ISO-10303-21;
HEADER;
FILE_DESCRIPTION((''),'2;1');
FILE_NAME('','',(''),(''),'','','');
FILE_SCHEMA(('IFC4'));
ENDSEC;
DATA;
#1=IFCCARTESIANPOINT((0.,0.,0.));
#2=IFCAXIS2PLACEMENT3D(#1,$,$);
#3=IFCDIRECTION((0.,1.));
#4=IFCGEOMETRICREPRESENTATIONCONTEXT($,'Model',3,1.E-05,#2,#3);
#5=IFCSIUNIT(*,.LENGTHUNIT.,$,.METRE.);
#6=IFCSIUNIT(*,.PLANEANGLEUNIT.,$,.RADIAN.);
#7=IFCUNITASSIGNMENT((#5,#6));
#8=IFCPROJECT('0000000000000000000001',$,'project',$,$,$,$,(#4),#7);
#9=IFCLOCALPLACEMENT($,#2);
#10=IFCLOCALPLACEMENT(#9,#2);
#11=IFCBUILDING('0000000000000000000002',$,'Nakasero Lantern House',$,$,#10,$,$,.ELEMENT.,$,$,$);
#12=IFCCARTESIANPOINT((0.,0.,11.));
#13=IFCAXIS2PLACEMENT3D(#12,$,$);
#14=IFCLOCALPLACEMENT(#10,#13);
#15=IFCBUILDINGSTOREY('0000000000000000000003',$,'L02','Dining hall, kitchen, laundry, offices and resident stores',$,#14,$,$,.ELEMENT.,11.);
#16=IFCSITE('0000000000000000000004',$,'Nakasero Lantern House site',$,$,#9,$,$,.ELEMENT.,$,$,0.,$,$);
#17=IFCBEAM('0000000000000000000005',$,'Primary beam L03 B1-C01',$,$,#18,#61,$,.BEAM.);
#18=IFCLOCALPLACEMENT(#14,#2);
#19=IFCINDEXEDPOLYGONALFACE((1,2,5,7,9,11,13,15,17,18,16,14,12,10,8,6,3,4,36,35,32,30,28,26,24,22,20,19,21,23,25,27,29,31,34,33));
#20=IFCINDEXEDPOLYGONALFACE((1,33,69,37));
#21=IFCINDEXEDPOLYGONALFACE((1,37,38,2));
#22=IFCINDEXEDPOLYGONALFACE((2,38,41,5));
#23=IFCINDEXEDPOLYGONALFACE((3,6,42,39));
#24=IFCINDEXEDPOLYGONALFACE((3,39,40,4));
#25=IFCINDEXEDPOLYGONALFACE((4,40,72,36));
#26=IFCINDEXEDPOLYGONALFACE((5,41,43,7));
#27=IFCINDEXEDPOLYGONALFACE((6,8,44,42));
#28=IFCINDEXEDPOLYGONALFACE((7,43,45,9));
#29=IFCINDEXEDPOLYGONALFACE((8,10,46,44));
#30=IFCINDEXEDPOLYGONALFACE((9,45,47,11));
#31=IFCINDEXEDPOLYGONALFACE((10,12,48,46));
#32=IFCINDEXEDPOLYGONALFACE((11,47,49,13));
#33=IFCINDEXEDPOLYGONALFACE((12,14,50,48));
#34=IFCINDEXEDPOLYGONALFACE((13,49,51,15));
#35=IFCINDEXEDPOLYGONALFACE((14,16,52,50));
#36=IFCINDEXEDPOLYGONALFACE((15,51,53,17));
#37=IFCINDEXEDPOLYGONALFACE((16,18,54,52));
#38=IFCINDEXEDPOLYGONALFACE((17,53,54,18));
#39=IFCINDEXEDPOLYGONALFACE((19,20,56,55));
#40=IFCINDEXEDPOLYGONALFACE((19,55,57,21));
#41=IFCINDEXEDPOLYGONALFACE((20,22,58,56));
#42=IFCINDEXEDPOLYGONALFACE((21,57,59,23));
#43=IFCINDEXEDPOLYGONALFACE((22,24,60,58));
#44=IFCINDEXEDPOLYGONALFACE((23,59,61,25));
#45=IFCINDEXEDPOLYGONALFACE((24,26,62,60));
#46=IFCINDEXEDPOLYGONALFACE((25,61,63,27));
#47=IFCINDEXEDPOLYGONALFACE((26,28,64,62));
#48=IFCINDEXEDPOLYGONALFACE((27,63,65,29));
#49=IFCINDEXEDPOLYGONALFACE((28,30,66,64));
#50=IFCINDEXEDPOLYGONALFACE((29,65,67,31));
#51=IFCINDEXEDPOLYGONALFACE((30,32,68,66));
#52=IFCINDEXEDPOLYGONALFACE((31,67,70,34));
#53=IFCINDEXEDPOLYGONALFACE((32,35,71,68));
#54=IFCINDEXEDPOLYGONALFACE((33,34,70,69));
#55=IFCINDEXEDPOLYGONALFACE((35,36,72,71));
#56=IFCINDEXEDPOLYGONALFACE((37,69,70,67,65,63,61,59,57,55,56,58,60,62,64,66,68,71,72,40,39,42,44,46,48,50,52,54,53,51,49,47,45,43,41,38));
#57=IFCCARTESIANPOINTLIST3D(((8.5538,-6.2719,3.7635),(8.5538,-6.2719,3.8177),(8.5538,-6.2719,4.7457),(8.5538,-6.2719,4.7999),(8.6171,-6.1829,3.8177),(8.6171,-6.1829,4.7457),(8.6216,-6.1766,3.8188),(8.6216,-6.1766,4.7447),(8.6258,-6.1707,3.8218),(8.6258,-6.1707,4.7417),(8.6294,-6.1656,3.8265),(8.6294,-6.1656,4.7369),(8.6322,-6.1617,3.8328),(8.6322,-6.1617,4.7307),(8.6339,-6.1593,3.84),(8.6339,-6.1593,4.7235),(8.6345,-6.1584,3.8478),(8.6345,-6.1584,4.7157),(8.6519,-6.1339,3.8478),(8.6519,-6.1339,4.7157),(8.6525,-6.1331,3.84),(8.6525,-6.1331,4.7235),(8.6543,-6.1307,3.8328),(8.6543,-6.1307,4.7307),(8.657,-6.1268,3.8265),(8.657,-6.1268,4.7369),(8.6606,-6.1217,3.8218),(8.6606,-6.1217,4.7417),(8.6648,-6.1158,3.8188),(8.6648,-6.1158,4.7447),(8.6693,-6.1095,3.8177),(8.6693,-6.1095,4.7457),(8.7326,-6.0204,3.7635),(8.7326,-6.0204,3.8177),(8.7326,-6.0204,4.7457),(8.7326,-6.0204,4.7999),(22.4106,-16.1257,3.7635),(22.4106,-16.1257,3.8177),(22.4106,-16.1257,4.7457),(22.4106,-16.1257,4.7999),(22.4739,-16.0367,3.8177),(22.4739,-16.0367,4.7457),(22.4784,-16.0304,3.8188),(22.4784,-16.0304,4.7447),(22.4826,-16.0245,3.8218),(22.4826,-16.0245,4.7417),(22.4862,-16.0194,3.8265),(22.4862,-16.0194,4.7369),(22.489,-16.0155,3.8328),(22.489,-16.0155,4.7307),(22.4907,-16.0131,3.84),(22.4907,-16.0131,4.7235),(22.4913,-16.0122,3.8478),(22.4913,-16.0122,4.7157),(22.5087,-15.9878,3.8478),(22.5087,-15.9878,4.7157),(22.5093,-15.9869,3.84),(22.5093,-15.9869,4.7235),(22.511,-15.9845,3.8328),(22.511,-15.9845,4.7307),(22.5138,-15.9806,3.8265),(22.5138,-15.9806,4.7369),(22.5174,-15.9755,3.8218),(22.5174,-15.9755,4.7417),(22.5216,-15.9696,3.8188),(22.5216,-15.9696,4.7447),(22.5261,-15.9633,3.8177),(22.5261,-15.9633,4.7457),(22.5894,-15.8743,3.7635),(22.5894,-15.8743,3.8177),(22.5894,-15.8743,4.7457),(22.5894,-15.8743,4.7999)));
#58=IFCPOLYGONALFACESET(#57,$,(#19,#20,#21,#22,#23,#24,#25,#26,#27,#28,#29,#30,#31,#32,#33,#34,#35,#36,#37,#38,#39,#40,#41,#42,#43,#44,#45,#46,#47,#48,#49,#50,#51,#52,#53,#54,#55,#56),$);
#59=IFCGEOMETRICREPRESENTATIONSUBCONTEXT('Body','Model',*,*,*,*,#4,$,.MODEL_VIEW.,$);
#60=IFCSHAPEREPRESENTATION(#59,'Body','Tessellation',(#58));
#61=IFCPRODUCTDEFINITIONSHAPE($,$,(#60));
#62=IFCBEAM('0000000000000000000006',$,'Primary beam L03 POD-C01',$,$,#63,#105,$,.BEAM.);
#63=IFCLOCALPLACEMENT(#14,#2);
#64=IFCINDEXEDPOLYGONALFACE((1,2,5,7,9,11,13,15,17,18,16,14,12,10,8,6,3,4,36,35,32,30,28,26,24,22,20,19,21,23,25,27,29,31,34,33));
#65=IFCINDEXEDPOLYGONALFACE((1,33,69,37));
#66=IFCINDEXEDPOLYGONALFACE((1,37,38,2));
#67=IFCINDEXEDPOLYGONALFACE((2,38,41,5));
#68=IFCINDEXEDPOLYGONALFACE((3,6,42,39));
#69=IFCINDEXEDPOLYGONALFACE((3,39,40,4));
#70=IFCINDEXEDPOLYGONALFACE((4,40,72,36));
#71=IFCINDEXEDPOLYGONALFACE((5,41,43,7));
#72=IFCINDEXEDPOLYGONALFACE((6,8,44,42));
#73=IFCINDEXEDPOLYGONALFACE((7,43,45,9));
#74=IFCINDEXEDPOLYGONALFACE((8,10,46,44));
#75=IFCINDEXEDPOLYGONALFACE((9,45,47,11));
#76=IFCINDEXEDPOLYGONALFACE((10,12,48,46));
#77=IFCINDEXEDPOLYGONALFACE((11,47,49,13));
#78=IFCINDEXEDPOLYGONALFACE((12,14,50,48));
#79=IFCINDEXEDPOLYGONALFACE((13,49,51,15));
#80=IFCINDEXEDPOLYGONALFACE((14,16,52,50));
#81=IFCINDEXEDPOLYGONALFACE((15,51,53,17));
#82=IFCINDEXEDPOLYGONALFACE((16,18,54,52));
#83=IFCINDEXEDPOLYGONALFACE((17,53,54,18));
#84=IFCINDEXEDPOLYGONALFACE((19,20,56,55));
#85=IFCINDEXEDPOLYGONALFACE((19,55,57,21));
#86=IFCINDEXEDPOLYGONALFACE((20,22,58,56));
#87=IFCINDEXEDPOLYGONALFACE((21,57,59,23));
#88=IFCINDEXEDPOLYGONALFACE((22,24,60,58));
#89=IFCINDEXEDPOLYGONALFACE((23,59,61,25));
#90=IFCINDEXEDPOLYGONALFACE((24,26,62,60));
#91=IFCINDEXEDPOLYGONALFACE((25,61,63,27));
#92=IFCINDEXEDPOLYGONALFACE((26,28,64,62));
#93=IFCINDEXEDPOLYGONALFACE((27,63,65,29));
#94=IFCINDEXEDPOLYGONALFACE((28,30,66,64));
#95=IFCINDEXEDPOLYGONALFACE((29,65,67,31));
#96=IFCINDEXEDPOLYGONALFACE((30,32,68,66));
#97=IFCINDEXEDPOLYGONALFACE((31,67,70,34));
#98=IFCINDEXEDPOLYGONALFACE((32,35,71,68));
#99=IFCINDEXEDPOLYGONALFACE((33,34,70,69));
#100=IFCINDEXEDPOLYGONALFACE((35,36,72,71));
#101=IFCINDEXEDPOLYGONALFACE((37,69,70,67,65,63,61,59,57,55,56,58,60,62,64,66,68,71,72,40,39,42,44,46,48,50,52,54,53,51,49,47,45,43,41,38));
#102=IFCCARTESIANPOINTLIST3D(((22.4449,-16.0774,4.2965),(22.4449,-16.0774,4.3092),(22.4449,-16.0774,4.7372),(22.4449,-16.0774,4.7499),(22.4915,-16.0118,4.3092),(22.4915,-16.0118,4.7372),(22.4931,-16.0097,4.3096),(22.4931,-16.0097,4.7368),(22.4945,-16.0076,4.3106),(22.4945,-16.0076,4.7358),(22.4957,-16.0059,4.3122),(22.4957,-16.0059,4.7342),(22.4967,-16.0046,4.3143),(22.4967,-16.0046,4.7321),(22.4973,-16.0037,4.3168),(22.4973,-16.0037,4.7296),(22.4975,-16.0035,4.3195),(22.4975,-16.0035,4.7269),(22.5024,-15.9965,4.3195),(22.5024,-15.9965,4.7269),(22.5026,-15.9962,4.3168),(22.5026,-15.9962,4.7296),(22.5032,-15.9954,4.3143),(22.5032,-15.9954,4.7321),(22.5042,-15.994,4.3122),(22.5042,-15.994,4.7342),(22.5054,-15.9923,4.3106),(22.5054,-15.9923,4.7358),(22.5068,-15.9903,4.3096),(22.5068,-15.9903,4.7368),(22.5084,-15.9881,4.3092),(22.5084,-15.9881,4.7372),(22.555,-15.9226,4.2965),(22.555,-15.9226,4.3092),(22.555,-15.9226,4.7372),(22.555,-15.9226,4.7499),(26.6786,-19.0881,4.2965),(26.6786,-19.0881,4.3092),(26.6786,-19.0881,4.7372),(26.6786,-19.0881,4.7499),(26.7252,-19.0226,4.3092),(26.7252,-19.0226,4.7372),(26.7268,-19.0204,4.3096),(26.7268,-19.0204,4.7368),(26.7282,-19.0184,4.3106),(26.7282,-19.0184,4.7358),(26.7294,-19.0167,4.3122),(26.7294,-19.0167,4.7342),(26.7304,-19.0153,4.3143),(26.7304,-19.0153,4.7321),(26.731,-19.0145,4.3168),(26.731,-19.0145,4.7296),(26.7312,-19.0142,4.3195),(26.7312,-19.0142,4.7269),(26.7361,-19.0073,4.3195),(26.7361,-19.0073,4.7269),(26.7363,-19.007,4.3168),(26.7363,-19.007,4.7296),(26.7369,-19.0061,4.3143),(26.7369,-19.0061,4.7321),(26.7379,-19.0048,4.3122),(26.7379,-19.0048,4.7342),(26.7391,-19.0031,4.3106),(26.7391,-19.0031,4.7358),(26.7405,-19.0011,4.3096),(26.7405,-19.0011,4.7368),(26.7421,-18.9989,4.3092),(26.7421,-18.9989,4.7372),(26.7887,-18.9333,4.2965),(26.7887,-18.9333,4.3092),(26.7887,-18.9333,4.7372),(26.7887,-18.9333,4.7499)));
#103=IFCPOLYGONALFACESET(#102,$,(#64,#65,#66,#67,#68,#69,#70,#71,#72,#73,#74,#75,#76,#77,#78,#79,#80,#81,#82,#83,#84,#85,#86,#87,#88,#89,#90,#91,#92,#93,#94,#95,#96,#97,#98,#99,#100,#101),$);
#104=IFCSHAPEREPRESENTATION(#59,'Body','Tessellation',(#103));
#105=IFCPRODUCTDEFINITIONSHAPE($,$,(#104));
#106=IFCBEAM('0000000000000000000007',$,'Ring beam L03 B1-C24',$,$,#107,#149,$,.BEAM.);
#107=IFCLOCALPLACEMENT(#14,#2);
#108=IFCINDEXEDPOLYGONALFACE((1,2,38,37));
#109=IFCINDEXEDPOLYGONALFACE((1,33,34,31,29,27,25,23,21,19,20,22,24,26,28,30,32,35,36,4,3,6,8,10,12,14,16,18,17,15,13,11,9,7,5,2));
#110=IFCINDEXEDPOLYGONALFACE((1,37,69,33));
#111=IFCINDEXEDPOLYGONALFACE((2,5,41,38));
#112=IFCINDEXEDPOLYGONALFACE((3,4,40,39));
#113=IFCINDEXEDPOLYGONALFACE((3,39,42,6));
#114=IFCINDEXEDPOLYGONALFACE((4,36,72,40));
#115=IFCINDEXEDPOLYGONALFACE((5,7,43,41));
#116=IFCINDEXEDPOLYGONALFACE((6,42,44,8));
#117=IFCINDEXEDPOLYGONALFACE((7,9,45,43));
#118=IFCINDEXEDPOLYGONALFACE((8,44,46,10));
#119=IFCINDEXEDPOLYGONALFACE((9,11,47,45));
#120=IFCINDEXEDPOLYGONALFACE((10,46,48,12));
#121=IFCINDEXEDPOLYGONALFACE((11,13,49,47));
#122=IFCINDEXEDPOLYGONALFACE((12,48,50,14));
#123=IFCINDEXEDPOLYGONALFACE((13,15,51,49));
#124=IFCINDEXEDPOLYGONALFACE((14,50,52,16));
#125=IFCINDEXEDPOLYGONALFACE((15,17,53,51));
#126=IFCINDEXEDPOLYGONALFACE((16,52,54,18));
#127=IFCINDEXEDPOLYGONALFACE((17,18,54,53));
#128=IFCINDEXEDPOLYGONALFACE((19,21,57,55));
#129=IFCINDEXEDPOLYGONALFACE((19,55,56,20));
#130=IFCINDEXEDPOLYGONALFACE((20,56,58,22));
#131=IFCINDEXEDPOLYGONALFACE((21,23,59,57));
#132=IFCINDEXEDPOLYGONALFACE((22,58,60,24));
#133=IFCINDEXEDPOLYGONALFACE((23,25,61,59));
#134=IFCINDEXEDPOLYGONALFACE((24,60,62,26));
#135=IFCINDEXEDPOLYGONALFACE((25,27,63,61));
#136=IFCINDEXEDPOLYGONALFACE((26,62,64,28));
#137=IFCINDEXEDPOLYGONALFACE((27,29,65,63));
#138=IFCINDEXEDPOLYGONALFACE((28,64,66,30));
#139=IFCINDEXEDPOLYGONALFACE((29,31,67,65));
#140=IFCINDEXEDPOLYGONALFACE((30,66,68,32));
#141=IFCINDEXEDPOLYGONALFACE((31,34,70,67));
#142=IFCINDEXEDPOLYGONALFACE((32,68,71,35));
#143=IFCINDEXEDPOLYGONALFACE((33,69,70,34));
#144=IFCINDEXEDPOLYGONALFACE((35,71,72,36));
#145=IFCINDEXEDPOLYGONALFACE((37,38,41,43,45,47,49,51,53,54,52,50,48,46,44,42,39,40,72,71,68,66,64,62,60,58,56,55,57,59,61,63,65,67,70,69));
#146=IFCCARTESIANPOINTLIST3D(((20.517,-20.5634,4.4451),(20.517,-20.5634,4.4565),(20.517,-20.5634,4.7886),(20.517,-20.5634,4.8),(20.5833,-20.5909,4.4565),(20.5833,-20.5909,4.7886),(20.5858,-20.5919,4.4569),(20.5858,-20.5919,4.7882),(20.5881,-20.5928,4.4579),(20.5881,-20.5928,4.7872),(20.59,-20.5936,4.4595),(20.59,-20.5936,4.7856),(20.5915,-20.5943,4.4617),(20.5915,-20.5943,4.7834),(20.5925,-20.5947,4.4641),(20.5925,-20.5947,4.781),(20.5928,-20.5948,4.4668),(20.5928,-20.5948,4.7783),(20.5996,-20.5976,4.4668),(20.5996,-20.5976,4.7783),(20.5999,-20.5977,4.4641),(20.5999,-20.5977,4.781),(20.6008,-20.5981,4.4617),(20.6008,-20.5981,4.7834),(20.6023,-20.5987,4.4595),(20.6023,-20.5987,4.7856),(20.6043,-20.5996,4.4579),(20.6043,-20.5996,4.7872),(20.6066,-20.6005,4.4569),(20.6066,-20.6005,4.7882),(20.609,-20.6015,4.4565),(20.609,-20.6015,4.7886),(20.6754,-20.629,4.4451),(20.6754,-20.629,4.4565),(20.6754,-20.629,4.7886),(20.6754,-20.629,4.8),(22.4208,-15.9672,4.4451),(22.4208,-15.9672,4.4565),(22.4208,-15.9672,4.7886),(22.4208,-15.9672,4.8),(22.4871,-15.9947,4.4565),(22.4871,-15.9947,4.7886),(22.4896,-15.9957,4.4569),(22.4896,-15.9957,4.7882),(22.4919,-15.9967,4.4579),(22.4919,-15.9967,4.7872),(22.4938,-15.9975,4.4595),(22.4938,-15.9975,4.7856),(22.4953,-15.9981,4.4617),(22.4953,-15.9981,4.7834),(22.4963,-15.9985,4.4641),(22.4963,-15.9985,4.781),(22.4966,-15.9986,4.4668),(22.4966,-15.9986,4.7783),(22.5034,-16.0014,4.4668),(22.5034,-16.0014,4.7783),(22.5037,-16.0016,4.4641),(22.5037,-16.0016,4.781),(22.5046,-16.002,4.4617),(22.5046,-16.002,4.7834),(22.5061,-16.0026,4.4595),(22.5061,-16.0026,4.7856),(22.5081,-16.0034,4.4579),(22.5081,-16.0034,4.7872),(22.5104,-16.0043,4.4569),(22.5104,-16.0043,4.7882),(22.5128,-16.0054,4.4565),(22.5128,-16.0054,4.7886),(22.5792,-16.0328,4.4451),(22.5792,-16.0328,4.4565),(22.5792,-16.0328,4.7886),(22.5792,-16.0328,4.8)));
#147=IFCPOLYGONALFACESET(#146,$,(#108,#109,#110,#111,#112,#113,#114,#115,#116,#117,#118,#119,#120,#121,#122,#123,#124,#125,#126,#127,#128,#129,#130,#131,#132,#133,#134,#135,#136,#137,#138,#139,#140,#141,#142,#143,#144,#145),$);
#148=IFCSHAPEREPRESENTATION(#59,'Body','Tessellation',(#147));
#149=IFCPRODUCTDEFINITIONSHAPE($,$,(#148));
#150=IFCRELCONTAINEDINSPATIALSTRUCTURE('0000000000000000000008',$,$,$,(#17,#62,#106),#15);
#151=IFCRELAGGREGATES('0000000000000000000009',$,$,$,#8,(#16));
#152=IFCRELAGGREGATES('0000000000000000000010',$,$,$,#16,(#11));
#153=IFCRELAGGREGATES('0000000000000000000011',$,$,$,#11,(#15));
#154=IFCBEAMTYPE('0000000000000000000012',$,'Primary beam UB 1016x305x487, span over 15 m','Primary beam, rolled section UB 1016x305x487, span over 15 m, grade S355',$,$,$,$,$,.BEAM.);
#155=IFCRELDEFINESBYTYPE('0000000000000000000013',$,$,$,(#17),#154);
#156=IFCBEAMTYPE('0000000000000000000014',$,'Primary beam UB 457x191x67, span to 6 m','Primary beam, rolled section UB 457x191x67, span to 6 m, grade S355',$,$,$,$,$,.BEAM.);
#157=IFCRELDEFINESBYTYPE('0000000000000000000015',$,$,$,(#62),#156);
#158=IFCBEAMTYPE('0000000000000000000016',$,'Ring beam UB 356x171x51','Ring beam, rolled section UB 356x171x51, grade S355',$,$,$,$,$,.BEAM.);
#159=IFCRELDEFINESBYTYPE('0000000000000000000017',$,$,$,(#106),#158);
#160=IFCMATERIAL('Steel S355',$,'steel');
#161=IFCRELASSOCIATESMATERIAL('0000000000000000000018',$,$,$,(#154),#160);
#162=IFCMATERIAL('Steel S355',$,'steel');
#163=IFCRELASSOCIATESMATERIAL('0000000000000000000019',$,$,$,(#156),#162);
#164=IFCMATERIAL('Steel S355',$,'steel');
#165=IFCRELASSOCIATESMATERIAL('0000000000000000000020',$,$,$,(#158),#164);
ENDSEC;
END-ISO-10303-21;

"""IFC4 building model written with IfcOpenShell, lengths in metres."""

from ifc_helpers import new_model, si_unit, direction, frame, origin, origin_2d, place, context, subcontext, project, spatial, i_section, extrude, material, material_profile, profile_set, type_object, element, save


model = new_model("IFC4")

# Units and contexts
model_context = context("Model", 3, precision=1e-05, world=origin(), true_north=direction((0.0, 1.0)))
body_context = subcontext(model_context, "Body", "Model", "MODEL_VIEW")
ifc_project = project(units=[si_unit("LENGTHUNIT", "METRE"), si_unit("PLANEANGLEUNIT", "RADIAN")], contexts=[model_context])

# Site, building, storey
site_placement = place(None, origin())
site = spatial("IfcSite", under=ifc_project, at=site_placement, Name="Nakasero Lantern House site", CompositionType="ELEMENT", RefElevation=0.0)
building_placement = place(site_placement, origin())
building = spatial("IfcBuilding", under=site, at=building_placement, Name="Nakasero Lantern House", CompositionType="ELEMENT")
storey_placement = place(building_placement, frame((0.0, 0.0, 11.0)))
storey = spatial("IfcBuildingStorey", under=building, at=storey_placement, Name="L02", Description="Dining hall, kitchen, laundry, offices and resident stores", CompositionType="ELEMENT", Elevation=11.0)

# Beams
ifc_material_1 = material(Name="Steel S355", Category="steel")
ifc_material_profile_1 = material_profile(ifc_material_1, i_section(OverallWidth=0.3086, OverallDepth=1.0364, WebThickness=0.03, FlangeThickness=0.0542, FilletRadius=0.03, at=origin_2d()), Name="UB 1016x305x487")
ifc_profile_set_1 = profile_set([ifc_material_profile_1], Name="Steel S355")
beam_type_1 = type_object("IfcBeamType", Name="Primary beam UB 1016x305x487, span over 15 m", Description="Primary beam, rolled section UB 1016x305x487, span over 15 m, grade S355", PredefinedType="BEAM", material=ifc_profile_set_1)
beam_1_placement = place(storey_placement, frame((22.5, -16.0, 4.2817), z_axis=(-0.814952, 0.579528, 0.0), x_axis=(-0.579528, -0.814952, 0.0)))
element("IfcBeam", 1, at=beam_1_placement, inside=storey, type_object=beam_type_1, Name="Primary beam L03 B1-C01", PredefinedType="BEAM", context=body_context, shape_type="SweptSolid", body=[
    extrude(i_section(OverallWidth=0.3086, OverallDepth=1.0364, WebThickness=0.03, FlangeThickness=0.0542, FilletRadius=0.03, at=origin_2d()), origin(), (0.0, 0.0, 1.0), 17.0032),
])
ifc_material_2 = material(Name="Steel S355", Category="steel")
ifc_material_profile_2 = material_profile(ifc_material_2, i_section(OverallWidth=0.1899, OverallDepth=0.4534, WebThickness=0.0085, FlangeThickness=0.0127, FilletRadius=0.0103, at=origin_2d()), Name="UB 457x191x67")
ifc_profile_set_2 = profile_set([ifc_material_profile_2], Name="Steel S355")
beam_type_2 = type_object("IfcBeamType", Name="Primary beam UB 457x191x67, span to 6 m", Description="Primary beam, rolled section UB 457x191x67, span to 6 m, grade S355", PredefinedType="BEAM", material=ifc_profile_set_2)
beam_2_placement = place(storey_placement, frame((26.7336, -19.0107, 4.5232), z_axis=(-0.814942, 0.579543, 0.0), x_axis=(-0.579543, -0.814942, 0.0)))
element("IfcBeam", 2, at=beam_2_placement, inside=storey, type_object=beam_type_2, Name="Primary beam L03 POD-C01", PredefinedType="BEAM", context=body_context, shape_type="SweptSolid", body=[
    extrude(i_section(OverallWidth=0.1899, OverallDepth=0.4534, WebThickness=0.0085, FlangeThickness=0.0127, FilletRadius=0.0103, at=origin_2d()), origin(), (0.0, 0.0, 1.0), 5.1951),
])
ifc_material_3 = material(Name="Steel S355", Category="steel")
ifc_material_profile_3 = material_profile(ifc_material_3, i_section(OverallWidth=0.1714, OverallDepth=0.355, WebThickness=0.0073, FlangeThickness=0.0115, FilletRadius=0.0103, at=origin_2d()), Name="UB 356x171x51")
ifc_profile_set_3 = profile_set([ifc_material_profile_3], Name="Steel S355")
beam_type_3 = type_object("IfcBeamType", Name="Ring beam UB 356x171x51", Description="Ring beam, rolled section UB 356x171x51, grade S355", PredefinedType="BEAM", material=ifc_profile_set_3)
beam_3_placement = place(storey_placement, frame((20.5962, -20.5962, 4.6226), z_axis=(0.382684, 0.923879, 0.0), x_axis=(-0.923879, 0.382684, 0.0)))
element("IfcBeam", 3, at=beam_3_placement, inside=storey, type_object=beam_type_3, Name="Ring beam L03 B1-C24", PredefinedType="BEAM", context=body_context, shape_type="SweptSolid", body=[
    extrude(i_section(OverallWidth=0.1714, OverallDepth=0.355, WebThickness=0.0073, FlangeThickness=0.0115, FilletRadius=0.0103, at=origin_2d()), origin(), (0.0, 0.0, 1.0), 4.9749),
])

save(model, "model.ifc")
